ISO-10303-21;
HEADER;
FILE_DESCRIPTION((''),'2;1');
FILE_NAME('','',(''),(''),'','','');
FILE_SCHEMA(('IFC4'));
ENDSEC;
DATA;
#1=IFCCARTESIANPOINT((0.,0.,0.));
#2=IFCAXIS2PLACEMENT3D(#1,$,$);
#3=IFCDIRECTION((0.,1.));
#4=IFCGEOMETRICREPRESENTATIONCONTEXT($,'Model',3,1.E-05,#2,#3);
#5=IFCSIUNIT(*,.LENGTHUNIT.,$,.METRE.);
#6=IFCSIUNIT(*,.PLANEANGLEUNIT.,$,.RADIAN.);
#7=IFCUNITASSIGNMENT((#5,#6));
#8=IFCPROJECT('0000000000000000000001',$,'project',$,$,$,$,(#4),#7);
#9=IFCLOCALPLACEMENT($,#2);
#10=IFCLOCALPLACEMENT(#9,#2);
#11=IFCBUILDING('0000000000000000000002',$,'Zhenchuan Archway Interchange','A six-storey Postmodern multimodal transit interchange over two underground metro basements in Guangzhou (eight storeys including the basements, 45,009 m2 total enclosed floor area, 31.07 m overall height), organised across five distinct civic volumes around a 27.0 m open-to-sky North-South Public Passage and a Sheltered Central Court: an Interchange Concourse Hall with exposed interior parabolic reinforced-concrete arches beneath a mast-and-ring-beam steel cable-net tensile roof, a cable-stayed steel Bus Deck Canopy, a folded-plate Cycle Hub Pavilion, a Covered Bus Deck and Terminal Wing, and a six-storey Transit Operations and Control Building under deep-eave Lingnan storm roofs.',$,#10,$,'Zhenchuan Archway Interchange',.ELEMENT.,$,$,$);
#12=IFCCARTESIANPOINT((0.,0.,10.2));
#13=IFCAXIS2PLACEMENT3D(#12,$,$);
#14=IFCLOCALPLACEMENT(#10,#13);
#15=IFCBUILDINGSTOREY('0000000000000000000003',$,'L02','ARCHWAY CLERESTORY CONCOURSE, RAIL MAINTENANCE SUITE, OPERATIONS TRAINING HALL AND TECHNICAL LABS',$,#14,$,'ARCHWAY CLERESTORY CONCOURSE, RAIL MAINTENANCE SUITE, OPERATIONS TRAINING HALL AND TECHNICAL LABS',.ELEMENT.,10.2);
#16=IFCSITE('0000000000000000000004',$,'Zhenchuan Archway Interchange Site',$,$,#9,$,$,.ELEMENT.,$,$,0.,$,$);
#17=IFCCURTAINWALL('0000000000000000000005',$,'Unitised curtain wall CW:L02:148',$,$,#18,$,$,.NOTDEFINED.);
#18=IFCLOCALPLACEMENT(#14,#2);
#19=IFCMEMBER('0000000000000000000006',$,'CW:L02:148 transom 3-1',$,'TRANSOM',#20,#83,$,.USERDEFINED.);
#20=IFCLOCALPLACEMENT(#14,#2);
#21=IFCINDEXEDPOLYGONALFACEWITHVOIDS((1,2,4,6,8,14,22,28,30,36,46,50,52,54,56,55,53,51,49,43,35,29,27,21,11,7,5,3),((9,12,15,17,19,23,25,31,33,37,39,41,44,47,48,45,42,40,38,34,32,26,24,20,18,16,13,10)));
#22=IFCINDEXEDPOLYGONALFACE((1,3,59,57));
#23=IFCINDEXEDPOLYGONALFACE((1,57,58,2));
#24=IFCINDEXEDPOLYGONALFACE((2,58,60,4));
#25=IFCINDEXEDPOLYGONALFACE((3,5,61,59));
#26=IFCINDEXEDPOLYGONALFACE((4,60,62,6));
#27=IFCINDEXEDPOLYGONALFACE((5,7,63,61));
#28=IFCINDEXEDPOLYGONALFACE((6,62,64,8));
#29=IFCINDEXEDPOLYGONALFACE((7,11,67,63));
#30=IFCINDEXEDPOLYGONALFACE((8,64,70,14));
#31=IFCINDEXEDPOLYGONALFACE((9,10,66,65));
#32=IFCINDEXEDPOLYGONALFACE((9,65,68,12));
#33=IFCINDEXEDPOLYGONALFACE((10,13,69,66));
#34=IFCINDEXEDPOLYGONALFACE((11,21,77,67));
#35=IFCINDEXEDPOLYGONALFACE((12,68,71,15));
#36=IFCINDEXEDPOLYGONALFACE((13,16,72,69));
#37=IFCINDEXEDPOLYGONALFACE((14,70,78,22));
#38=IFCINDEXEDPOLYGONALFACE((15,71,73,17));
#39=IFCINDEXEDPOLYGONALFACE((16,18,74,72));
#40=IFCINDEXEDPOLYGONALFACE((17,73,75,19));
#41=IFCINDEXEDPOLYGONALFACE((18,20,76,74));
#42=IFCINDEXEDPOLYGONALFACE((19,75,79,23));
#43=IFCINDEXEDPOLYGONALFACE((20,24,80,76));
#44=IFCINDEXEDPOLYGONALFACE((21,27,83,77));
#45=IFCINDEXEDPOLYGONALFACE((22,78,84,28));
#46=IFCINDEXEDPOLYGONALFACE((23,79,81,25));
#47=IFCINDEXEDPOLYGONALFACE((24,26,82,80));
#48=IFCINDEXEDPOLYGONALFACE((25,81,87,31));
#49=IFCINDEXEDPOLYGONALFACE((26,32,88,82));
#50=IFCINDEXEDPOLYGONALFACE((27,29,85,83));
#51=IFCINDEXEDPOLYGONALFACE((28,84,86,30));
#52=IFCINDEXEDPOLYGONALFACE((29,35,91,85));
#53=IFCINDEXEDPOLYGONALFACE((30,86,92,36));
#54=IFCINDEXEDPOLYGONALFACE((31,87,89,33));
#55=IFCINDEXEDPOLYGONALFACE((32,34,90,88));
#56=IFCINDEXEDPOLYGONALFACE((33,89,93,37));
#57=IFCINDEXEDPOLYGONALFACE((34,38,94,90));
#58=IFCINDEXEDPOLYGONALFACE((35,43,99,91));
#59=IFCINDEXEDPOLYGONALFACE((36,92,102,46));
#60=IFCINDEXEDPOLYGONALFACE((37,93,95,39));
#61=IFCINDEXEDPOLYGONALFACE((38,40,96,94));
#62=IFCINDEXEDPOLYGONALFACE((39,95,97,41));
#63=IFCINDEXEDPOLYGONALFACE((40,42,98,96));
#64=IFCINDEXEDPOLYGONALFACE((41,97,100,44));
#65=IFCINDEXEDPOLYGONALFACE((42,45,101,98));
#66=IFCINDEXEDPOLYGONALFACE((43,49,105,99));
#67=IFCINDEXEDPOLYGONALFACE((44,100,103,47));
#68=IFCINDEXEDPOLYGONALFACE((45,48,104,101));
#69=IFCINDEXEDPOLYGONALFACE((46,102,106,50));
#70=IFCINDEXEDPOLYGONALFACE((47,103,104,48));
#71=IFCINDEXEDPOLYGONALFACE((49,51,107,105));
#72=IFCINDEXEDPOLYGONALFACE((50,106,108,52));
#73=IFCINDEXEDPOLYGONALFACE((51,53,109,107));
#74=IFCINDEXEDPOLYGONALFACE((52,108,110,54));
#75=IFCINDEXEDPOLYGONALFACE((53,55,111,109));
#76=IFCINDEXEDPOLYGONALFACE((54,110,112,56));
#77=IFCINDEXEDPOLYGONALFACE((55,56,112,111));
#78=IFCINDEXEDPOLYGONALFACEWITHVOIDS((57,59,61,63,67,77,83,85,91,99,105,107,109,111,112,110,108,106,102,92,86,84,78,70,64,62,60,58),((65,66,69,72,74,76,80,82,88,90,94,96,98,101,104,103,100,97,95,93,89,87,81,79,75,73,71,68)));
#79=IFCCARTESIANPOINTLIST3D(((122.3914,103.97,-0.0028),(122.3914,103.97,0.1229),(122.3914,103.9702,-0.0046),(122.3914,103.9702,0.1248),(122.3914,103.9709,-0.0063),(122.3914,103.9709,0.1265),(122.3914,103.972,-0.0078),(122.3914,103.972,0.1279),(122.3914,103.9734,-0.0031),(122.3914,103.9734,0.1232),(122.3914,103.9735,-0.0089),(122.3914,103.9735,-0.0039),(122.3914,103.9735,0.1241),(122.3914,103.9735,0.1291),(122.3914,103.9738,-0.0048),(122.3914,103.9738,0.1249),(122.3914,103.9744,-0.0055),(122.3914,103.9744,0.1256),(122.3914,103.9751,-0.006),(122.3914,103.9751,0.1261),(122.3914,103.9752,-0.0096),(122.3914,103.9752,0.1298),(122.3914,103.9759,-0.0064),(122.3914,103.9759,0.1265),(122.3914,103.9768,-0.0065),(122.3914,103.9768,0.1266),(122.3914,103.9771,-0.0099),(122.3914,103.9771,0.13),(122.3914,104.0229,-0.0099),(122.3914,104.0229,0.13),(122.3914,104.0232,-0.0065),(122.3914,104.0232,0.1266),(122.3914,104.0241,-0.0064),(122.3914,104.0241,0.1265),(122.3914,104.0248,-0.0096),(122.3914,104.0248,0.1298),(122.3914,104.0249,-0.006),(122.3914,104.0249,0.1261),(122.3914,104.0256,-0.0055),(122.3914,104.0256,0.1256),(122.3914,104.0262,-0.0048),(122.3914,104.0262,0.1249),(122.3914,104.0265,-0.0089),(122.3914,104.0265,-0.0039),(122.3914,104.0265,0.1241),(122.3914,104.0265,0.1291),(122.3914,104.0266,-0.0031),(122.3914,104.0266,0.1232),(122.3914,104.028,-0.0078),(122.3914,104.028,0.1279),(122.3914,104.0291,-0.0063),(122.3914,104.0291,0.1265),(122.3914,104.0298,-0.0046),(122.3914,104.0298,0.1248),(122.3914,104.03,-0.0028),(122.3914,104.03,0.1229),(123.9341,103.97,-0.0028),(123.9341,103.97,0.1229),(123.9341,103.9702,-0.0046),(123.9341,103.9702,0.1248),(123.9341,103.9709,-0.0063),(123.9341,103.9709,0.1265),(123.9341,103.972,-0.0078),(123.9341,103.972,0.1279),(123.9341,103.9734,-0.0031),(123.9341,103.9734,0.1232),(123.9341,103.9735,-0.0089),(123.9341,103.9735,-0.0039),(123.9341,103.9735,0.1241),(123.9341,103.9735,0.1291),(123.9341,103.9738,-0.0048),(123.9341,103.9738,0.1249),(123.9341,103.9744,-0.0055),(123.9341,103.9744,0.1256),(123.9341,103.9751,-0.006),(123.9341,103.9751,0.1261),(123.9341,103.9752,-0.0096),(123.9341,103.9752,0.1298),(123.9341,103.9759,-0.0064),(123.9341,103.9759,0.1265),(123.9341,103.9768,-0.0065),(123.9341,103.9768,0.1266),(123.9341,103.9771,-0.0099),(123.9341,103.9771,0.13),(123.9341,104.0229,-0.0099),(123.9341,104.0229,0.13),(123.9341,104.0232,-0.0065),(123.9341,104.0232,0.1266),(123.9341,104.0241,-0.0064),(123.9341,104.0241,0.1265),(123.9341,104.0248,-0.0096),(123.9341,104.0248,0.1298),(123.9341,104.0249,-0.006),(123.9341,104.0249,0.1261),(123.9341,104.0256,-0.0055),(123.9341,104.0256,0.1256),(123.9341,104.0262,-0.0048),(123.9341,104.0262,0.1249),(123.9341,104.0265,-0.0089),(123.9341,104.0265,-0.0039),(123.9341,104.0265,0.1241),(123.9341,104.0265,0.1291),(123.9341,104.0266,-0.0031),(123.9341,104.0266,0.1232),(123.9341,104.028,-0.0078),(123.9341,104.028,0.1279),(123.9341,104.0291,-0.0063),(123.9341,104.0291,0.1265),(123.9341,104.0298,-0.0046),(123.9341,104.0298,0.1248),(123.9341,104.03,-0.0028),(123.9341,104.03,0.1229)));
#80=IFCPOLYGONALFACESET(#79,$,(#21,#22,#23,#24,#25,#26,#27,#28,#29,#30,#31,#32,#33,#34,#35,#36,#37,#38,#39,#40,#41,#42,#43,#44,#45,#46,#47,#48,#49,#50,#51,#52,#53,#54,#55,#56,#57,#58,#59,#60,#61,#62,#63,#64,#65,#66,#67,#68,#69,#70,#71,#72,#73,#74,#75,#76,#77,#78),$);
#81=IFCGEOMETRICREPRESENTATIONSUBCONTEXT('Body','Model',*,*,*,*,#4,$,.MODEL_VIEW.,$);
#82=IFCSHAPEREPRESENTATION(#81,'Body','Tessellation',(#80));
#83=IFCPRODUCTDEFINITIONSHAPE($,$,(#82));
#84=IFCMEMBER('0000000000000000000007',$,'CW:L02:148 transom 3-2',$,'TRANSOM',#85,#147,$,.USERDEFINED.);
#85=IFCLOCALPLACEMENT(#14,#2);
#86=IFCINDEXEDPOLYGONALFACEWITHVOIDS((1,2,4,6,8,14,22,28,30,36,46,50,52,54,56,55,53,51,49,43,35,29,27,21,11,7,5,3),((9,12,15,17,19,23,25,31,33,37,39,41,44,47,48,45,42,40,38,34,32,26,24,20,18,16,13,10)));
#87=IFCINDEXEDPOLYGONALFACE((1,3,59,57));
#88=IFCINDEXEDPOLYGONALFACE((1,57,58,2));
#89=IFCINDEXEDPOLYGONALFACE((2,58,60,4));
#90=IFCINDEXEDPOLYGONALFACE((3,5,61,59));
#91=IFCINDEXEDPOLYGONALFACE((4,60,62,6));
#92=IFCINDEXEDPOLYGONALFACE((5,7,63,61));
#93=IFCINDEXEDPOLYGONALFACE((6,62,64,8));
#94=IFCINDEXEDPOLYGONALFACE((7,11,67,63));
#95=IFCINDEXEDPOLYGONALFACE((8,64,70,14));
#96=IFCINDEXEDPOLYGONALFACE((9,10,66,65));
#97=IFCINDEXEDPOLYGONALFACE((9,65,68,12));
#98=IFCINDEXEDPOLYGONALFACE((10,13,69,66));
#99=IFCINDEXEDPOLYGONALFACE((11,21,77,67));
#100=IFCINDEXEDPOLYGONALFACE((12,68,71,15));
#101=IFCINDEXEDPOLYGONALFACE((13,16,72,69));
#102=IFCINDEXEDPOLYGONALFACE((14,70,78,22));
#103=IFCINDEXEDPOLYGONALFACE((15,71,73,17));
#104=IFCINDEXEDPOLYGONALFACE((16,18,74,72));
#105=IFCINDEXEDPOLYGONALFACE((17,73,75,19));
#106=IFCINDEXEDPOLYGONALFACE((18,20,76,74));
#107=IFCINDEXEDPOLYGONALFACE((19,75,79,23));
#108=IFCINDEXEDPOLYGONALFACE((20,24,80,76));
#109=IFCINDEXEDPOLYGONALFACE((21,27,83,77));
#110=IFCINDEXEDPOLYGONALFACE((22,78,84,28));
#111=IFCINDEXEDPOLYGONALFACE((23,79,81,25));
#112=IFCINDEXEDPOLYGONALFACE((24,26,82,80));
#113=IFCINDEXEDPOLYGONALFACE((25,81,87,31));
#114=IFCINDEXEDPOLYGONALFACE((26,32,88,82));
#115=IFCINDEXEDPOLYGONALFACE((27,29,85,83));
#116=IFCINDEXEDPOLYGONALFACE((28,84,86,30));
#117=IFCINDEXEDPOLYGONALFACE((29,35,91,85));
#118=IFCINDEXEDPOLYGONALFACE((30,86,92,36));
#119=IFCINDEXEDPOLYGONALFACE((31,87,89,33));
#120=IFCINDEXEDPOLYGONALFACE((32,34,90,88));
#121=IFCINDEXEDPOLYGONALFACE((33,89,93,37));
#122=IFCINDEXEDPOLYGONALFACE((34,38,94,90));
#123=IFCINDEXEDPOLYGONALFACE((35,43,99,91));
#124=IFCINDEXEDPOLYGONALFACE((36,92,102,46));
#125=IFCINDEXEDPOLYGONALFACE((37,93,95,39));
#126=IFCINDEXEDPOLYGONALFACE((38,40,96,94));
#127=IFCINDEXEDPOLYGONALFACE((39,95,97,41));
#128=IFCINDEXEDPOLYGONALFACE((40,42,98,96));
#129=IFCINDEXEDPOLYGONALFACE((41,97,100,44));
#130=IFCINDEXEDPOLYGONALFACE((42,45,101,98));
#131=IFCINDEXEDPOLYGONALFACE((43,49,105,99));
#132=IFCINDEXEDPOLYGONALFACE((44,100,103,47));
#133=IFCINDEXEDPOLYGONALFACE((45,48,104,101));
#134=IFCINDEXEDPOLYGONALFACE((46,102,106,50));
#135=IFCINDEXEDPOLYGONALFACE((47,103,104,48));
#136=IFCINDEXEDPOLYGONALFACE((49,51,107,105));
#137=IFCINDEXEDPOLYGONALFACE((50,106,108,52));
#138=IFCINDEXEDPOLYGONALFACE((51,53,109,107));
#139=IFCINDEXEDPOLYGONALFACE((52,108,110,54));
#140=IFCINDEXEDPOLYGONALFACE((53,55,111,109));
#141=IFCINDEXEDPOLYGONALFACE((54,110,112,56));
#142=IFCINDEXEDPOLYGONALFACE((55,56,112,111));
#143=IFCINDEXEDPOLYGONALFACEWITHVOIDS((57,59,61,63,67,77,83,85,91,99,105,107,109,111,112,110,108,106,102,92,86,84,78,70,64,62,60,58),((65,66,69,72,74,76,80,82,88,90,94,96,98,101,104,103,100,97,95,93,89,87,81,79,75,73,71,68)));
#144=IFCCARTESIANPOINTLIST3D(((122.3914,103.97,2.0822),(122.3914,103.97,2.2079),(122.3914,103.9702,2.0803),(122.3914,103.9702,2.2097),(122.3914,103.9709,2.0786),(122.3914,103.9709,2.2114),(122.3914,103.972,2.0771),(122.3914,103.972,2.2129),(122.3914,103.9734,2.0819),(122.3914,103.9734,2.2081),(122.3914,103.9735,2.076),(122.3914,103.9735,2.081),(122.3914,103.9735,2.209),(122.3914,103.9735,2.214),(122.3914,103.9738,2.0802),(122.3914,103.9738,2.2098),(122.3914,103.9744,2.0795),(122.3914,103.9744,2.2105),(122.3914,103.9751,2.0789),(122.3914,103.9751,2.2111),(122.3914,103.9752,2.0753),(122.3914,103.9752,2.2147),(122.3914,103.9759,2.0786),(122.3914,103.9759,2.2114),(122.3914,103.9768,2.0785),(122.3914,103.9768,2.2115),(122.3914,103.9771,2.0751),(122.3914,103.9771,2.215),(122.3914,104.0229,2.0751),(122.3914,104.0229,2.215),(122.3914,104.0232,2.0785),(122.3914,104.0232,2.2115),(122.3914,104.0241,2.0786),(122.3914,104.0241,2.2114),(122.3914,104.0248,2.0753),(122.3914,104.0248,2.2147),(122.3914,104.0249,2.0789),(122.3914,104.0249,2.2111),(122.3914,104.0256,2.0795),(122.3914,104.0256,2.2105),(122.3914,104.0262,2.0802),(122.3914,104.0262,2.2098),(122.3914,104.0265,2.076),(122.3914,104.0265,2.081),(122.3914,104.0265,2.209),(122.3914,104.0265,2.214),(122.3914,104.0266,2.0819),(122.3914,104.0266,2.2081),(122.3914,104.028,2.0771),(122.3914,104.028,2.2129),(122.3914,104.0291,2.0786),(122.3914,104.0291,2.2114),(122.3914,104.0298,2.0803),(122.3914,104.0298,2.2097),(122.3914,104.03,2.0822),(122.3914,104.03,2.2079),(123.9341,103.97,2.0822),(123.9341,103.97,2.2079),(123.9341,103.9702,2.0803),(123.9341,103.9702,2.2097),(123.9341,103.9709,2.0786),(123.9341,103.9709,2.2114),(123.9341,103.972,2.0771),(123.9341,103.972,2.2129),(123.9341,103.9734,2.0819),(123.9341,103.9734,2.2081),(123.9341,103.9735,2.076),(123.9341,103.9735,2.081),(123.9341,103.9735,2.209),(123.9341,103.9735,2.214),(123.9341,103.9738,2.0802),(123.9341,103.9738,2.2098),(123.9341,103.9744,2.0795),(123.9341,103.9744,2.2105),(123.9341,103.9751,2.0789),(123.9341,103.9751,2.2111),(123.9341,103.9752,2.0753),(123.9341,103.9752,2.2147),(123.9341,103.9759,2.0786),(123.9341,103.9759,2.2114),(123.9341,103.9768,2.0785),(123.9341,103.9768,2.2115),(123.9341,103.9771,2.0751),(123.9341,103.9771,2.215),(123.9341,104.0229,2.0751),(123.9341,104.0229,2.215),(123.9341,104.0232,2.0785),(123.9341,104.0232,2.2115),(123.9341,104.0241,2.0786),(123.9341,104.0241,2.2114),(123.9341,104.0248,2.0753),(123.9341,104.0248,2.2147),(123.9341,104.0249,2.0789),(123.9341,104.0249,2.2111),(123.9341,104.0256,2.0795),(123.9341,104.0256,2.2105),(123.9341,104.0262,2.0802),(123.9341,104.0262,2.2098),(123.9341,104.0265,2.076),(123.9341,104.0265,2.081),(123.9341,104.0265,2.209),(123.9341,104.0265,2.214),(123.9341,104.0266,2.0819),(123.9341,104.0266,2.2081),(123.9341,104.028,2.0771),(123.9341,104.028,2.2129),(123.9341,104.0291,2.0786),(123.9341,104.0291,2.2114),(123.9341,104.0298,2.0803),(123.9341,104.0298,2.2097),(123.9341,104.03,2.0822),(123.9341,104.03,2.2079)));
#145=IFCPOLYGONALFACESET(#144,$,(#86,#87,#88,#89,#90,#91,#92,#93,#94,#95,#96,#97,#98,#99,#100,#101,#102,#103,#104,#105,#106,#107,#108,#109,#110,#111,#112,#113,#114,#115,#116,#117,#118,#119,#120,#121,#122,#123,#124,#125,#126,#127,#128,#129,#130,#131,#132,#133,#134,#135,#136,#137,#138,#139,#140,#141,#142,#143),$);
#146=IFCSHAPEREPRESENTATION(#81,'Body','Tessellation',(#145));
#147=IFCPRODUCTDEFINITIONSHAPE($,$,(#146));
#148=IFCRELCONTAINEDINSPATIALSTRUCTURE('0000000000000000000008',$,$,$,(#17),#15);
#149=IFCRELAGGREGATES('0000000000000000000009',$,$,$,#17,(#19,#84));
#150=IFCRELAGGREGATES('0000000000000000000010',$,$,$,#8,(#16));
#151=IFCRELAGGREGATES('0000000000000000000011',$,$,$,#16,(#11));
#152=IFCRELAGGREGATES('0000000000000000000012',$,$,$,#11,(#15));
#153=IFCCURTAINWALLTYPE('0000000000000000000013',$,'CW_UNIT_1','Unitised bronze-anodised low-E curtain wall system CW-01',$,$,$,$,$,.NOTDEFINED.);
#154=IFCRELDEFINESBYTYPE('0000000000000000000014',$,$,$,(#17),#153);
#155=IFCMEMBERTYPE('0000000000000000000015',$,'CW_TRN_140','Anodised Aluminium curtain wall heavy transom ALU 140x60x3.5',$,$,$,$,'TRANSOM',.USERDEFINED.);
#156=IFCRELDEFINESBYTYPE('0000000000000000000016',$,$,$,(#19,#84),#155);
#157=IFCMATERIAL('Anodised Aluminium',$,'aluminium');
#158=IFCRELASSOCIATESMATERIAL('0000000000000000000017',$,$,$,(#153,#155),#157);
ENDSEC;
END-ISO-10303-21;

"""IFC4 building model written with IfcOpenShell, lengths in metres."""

from ifc_helpers import new_model, si_unit, direction, frame, origin, origin_2d, place, context, subcontext, project, spatial, hollow_rectangle, extrude, material, material_profile, profile_set, type_object, element, aggregate, save


model = new_model("IFC4")

# Units and contexts
model_context = context("Model", 3, precision=1e-05, world=origin(), true_north=direction((0.0, 1.0)))
body_context = subcontext(model_context, "Body", "Model", "MODEL_VIEW")
ifc_project = project(units=[si_unit("LENGTHUNIT", "METRE"), si_unit("PLANEANGLEUNIT", "RADIAN")], contexts=[model_context])

# Site, building, storey
site_placement = place(None, origin())
site = spatial("IfcSite", under=ifc_project, at=site_placement, Name="Zhenchuan Archway Interchange Site", CompositionType="ELEMENT", RefElevation=0.0)
building_placement = place(site_placement, origin())
building = spatial("IfcBuilding", under=site, at=building_placement, Name="Zhenchuan Archway Interchange", Description="A six-storey Postmodern multimodal transit interchange over two underground metro basements in Guangzhou (eight storeys including the basements, 45,009 m2 total enclosed floor area, 31.07 m overall height), organised across five distinct civic volumes around a 27.0 m open-to-sky North-South Public Passage and a Sheltered Central Court: an Interchange Concourse Hall with exposed interior parabolic reinforced-concrete arches beneath a mast-and-ring-beam steel cable-net tensile roof, a cable-stayed steel Bus Deck Canopy, a folded-plate Cycle Hub Pavilion, a Covered Bus Deck and Terminal Wing, and a six-storey Transit Operations and Control Building under deep-eave Lingnan storm roofs.", LongName="Zhenchuan Archway Interchange", CompositionType="ELEMENT")
storey_placement = place(building_placement, frame((0.0, 0.0, 10.2)))
storey = spatial("IfcBuildingStorey", under=building, at=storey_placement, Name="L02", Description="ARCHWAY CLERESTORY CONCOURSE, RAIL MAINTENANCE SUITE, OPERATIONS TRAINING HALL AND TECHNICAL LABS", LongName="ARCHWAY CLERESTORY CONCOURSE, RAIL MAINTENANCE SUITE, OPERATIONS TRAINING HALL AND TECHNICAL LABS", CompositionType="ELEMENT", Elevation=10.2)

# Curtain wall, members
ifc_material_1 = material(Name="Anodised Aluminium", Category="aluminium")
curtain_wall_type = type_object("IfcCurtainWallType", Name="CW_UNIT_1", Description="Unitised bronze-anodised low-E curtain wall system CW-01", PredefinedType="NOTDEFINED", material=ifc_material_1)
curtain_wall_placement = place(storey_placement, origin())
curtain_wall = element("IfcCurtainWall", 1, at=curtain_wall_placement, inside=storey, type_object=curtain_wall_type, Name="Unitised curtain wall CW:L02:148", PredefinedType="NOTDEFINED")
ifc_material_profile_1 = material_profile(ifc_material_1, hollow_rectangle(XDim=0.0601, YDim=0.1399, WallThickness=0.0034, InnerFilletRadius=0.0034, OuterFilletRadius=0.0071, at=origin_2d()), Name="ALU 140x60x3.5")
ifc_profile_set_1 = profile_set([ifc_material_profile_1], Name="Anodised Aluminium")
member_type_1 = type_object("IfcMemberType", Name="CW_TRN_140", Description="Anodised Aluminium curtain wall heavy transom ALU 140x60x3.5", ElementType="TRANSOM", PredefinedType="USERDEFINED", material=ifc_profile_set_1)
member_1_placement = place(storey_placement, frame((122.3914, 104.0, 0.0601), z_axis=(1.0, 0.0, 0.0), x_axis=(0.0, 1.0, 0.0)))
member_1 = element("IfcMember", 2, at=member_1_placement, type_object=member_type_1, Name="CW:L02:148 transom 3-1", ObjectType="TRANSOM", PredefinedType="USERDEFINED", context=body_context, shape_type="SweptSolid", body=[
    extrude(hollow_rectangle(XDim=0.0601, YDim=0.1399, WallThickness=0.0034, InnerFilletRadius=0.0034, OuterFilletRadius=0.0071, at=origin_2d()), origin(), (0.0, 0.0, 1.0), 1.5427),
])
member_2_placement = place(storey_placement, frame((122.3914, 104.0, 2.145), z_axis=(1.0, 0.0, 0.0), x_axis=(0.0, 1.0, 0.0)))
member_2 = element("IfcMember", 3, at=member_2_placement, type_object=member_type_1, Name="CW:L02:148 transom 3-2", ObjectType="TRANSOM", PredefinedType="USERDEFINED", context=body_context, shape_type="SweptSolid", body=[
    extrude(hollow_rectangle(XDim=0.0601, YDim=0.1399, WallThickness=0.0034, InnerFilletRadius=0.0034, OuterFilletRadius=0.0071, at=origin_2d()), origin(), (0.0, 0.0, 1.0), 1.5427),
])
aggregate(curtain_wall, [member_1, member_2])

save(model, "model.ifc")
